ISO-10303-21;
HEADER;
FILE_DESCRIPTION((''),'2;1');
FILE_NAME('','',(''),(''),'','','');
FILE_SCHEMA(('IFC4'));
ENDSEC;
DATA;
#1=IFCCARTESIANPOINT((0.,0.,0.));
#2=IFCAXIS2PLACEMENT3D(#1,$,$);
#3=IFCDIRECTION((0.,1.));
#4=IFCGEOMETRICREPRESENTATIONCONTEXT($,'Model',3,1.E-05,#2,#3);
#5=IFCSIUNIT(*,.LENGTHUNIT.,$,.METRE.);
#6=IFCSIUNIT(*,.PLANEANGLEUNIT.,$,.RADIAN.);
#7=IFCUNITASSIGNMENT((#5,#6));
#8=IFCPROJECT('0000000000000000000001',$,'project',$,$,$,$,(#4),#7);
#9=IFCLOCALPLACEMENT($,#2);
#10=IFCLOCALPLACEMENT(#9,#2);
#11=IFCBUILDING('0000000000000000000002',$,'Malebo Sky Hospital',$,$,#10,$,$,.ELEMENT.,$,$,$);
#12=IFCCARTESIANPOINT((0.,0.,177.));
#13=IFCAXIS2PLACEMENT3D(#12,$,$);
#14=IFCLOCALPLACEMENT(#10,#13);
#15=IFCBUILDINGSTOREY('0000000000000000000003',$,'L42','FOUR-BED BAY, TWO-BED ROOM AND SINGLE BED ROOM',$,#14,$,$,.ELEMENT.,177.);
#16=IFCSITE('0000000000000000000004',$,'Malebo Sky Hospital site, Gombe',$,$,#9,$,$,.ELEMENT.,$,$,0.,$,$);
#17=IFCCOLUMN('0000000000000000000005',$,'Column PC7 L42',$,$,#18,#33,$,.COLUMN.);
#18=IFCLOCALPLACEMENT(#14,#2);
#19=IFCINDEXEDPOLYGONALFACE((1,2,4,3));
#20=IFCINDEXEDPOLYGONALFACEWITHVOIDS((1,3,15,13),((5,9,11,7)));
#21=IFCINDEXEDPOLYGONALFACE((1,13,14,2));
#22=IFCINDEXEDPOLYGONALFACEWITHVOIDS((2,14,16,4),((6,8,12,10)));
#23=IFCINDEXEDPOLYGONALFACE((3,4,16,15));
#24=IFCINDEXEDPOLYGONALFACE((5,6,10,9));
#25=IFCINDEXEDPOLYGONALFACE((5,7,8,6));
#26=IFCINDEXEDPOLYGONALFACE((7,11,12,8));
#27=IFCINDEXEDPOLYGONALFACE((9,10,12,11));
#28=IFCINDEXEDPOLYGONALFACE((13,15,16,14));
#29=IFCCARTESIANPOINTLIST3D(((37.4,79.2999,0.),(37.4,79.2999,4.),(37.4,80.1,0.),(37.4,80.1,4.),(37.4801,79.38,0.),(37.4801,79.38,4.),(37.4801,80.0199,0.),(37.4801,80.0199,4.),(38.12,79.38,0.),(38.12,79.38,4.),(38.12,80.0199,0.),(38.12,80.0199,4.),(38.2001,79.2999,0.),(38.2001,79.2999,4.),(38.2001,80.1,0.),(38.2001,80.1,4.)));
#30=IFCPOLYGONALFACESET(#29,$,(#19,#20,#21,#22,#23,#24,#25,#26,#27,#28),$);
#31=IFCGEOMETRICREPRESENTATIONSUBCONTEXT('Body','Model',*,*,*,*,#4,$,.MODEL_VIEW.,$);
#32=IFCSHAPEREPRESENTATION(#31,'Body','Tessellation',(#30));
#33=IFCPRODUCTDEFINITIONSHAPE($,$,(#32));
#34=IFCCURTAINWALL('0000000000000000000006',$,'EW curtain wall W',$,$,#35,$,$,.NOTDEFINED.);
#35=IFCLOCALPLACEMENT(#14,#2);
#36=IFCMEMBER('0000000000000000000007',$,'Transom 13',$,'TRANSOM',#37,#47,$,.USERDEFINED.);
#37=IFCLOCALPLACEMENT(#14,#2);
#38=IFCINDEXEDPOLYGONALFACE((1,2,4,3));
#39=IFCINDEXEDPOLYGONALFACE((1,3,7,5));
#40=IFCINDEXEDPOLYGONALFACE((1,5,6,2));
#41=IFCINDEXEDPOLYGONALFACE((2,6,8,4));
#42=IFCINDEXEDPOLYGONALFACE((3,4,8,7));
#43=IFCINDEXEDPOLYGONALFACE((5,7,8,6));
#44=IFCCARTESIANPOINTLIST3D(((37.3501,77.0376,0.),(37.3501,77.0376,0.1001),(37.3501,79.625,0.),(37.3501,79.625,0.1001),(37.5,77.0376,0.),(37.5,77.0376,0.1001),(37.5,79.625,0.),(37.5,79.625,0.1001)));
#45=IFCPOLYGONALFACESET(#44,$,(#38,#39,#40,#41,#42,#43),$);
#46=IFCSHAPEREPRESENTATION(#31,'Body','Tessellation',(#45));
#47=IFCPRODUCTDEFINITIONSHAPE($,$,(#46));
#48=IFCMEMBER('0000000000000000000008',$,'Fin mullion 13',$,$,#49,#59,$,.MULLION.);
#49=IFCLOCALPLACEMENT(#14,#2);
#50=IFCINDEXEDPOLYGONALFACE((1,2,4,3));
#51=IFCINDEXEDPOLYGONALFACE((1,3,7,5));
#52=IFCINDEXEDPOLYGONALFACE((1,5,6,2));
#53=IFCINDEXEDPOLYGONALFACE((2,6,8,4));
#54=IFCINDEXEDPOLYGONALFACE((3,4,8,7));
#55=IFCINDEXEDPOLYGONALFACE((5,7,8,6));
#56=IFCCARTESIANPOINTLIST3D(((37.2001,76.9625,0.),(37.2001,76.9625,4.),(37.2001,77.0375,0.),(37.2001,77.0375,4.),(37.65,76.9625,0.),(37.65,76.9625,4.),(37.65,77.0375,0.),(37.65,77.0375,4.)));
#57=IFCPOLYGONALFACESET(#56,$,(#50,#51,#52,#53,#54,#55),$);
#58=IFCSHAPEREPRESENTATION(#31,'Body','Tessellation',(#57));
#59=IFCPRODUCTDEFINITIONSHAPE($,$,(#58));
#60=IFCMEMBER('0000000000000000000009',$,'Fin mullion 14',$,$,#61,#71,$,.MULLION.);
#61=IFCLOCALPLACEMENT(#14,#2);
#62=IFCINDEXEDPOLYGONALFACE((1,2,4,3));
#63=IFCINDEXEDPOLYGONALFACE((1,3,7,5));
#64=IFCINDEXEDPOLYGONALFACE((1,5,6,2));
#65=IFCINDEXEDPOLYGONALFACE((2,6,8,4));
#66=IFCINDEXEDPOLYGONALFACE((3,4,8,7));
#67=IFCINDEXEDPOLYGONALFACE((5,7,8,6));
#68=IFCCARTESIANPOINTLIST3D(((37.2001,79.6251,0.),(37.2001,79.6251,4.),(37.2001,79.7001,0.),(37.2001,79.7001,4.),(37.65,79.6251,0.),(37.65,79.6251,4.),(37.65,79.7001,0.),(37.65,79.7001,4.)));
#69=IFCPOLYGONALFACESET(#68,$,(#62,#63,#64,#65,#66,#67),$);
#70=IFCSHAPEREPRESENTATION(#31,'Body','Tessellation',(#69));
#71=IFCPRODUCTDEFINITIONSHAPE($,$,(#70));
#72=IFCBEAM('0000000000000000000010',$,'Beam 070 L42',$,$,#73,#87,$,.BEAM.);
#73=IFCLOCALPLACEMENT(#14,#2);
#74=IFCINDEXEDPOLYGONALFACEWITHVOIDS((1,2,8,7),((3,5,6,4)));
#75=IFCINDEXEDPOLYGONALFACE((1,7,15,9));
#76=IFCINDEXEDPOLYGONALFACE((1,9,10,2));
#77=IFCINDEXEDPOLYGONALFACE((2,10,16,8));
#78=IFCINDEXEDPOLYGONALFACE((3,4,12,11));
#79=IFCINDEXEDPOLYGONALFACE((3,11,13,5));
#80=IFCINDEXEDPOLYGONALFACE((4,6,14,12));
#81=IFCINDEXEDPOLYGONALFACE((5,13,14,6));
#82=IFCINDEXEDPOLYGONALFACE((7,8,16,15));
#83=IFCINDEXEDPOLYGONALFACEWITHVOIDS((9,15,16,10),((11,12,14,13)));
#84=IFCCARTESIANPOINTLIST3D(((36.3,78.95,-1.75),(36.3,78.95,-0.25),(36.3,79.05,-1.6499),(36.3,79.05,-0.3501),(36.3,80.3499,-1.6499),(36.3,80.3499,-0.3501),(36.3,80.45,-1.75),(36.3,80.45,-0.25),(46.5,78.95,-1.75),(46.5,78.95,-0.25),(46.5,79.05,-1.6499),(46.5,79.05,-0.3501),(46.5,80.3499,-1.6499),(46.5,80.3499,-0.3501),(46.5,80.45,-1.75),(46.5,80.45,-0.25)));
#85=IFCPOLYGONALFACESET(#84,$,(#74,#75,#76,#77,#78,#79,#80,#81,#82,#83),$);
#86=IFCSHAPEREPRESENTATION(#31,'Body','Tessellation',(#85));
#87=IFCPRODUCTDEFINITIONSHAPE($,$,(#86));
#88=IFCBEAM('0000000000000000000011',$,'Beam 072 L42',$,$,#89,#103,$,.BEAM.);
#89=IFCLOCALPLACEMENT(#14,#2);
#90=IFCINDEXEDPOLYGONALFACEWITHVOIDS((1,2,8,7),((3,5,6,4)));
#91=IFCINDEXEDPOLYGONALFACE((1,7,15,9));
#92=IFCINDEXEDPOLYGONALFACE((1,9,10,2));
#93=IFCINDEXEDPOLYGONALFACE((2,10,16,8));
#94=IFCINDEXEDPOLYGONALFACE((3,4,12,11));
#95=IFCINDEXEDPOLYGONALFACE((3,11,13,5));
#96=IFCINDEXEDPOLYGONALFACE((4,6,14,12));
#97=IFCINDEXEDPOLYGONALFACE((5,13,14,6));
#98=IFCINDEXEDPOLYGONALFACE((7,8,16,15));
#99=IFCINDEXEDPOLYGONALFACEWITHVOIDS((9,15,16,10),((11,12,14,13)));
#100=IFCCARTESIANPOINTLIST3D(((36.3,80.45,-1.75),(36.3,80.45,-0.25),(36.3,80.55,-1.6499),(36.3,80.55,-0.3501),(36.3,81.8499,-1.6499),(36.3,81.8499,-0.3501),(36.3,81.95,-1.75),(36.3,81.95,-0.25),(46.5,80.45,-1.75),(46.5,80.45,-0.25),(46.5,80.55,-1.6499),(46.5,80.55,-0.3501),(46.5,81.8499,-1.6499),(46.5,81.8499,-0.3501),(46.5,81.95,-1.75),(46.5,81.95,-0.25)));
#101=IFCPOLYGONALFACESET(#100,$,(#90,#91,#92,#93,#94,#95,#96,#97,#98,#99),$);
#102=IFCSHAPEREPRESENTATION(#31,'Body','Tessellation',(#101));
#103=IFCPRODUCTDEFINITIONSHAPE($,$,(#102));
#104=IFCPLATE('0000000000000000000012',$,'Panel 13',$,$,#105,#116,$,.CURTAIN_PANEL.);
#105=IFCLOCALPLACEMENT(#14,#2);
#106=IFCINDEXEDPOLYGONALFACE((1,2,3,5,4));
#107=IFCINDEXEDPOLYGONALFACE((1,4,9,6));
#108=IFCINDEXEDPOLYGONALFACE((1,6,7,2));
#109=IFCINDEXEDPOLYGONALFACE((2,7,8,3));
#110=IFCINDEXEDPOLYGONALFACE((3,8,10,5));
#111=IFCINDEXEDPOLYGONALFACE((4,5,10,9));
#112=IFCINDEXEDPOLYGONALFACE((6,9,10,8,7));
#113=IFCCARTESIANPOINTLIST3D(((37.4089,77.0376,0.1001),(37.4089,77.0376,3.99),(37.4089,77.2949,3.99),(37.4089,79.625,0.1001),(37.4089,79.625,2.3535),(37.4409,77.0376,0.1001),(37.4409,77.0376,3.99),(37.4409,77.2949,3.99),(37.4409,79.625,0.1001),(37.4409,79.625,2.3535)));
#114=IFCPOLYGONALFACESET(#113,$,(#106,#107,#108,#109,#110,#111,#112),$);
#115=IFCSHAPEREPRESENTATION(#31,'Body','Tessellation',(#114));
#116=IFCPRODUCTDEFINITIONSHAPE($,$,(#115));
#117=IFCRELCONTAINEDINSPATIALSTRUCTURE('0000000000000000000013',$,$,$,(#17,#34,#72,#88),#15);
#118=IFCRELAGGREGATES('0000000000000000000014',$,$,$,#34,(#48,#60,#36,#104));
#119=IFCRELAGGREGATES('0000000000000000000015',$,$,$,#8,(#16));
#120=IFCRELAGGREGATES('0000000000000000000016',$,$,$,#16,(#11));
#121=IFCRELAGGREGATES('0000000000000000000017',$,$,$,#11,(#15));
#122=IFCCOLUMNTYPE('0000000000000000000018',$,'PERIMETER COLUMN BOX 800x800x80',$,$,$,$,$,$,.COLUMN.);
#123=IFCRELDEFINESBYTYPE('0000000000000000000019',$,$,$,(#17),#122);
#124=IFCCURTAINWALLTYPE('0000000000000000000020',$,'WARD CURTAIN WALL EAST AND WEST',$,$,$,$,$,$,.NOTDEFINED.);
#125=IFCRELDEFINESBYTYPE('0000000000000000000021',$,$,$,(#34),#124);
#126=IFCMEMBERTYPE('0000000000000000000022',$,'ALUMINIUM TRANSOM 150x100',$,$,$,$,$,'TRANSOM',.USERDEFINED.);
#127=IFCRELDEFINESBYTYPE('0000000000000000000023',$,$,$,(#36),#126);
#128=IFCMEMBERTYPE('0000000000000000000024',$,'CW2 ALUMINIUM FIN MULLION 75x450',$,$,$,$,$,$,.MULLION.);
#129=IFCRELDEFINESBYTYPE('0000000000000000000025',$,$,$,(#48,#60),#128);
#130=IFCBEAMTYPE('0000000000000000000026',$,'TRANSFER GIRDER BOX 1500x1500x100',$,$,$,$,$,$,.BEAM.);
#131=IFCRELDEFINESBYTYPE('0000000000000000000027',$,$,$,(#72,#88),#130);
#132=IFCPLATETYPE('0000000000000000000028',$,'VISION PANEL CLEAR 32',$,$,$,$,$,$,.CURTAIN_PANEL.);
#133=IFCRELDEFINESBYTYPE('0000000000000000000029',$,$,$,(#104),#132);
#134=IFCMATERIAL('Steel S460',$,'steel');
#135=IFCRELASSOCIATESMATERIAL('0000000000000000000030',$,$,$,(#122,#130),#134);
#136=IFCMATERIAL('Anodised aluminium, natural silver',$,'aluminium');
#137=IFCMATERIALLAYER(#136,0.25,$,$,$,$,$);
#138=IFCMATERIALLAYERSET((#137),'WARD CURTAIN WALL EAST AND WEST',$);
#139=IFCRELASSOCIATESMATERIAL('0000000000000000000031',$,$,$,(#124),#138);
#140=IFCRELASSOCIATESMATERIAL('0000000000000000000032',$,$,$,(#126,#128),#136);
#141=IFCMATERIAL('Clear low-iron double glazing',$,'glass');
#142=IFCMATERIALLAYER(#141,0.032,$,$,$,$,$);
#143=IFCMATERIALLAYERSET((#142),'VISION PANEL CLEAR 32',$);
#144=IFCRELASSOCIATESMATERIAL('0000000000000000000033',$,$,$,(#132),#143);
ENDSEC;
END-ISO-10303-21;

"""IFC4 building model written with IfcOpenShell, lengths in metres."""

from ifc_helpers import new_model, si_unit, direction, frame, origin, origin_2d, place, context, subcontext, project, spatial, polyline, rectangle, hollow_rectangle, outline, extrude, material, layer, layer_set, material_profile, profile_set, type_object, element, aggregate, save


model = new_model("IFC4")

# Units and contexts
model_context = context("Model", 3, precision=1e-05, world=origin(), true_north=direction((0.0, 1.0)))
body_context = subcontext(model_context, "Body", "Model", "MODEL_VIEW")
ifc_project = project(units=[si_unit("LENGTHUNIT", "METRE"), si_unit("PLANEANGLEUNIT", "RADIAN")], contexts=[model_context])

# Site, building, storey
site_placement = place(None, origin())
site = spatial("IfcSite", under=ifc_project, at=site_placement, Name="Malebo Sky Hospital site, Gombe", CompositionType="ELEMENT", RefElevation=0.0)
building_placement = place(site_placement, origin())
building = spatial("IfcBuilding", under=site, at=building_placement, Name="Malebo Sky Hospital", CompositionType="ELEMENT")
storey_placement = place(building_placement, frame((0.0, 0.0, 177.0)))
storey = spatial("IfcBuildingStorey", under=building, at=storey_placement, Name="L42", Description="FOUR-BED BAY, TWO-BED ROOM AND SINGLE BED ROOM", CompositionType="ELEMENT", Elevation=177.0)

# Column
ifc_material_1 = material(Name="Steel S460", Category="steel")
ifc_material_profile_1 = material_profile(ifc_material_1, hollow_rectangle(XDim=0.8, YDim=0.8, WallThickness=0.0801, at=origin_2d()), Name="BOX 800x800x80")
ifc_profile_set_1 = profile_set([ifc_material_profile_1], Name="Steel S460")
column_type = type_object("IfcColumnType", Name="PERIMETER COLUMN BOX 800x800x80", PredefinedType="COLUMN", material=ifc_profile_set_1)
column_placement = place(storey_placement, frame((37.8, 79.7, 0.0), z_axis=(0.0, 0.0, 1.0), x_axis=(1.0, 0.0, 0.0)))
element("IfcColumn", 1, at=column_placement, inside=storey, type_object=column_type, Name="Column PC7 L42", PredefinedType="COLUMN", context=body_context, shape_type="SweptSolid", body=[
    extrude(hollow_rectangle(XDim=0.8, YDim=0.8, WallThickness=0.0801, at=origin_2d()), origin(), (0.0, 0.0, 1.0), 4.0),
])

# Curtain wall, members
ifc_material_2 = material(Name="Anodised aluminium, natural silver", Category="aluminium")
ifc_layer_1 = layer(ifc_material_2, 0.25)
ifc_layer_set_1 = layer_set([ifc_layer_1], Name="WARD CURTAIN WALL EAST AND WEST")
curtain_wall_type = type_object("IfcCurtainWallType", Name="WARD CURTAIN WALL EAST AND WEST", PredefinedType="NOTDEFINED", material=ifc_layer_set_1)
curtain_wall_placement = place(storey_placement, origin())
curtain_wall = element("IfcCurtainWall", 2, at=curtain_wall_placement, inside=storey, type_object=curtain_wall_type, Name="EW curtain wall W", PredefinedType="NOTDEFINED")
ifc_material_profile_2 = material_profile(ifc_material_2, rectangle(XDim=0.1499, YDim=0.1001, at=origin_2d()), Name="ALUMINIUM TRANSOM 150x100")
ifc_profile_set_2 = profile_set([ifc_material_profile_2], Name="Anodised aluminium, natural silver")
member_type_1 = type_object("IfcMemberType", Name="ALUMINIUM TRANSOM 150x100", ElementType="TRANSOM", PredefinedType="USERDEFINED", material=ifc_profile_set_2)
member_1_placement = place(storey_placement, frame((37.425, 77.0376, 0.05), z_axis=(0.0, 1.0, 0.0), x_axis=(-1.0, 0.0, 0.0)))
member_1 = element("IfcMember", 3, at=member_1_placement, type_object=member_type_1, Name="Transom 13", ObjectType="TRANSOM", PredefinedType="USERDEFINED", context=body_context, shape_type="SweptSolid", body=[
    extrude(rectangle(XDim=0.1499, YDim=0.1001, at=origin_2d()), origin(), (0.0, 0.0, 1.0), 2.5874),
])
ifc_material_profile_3 = material_profile(ifc_material_2, rectangle(XDim=0.075, YDim=0.45, at=origin_2d()), Name="CW2 ALUMINIUM FIN MULLION 75x450")
ifc_profile_set_3 = profile_set([ifc_material_profile_3], Name="Anodised aluminium, natural silver")
member_type_2 = type_object("IfcMemberType", Name="CW2 ALUMINIUM FIN MULLION 75x450", PredefinedType="MULLION", material=ifc_profile_set_3)
member_2_placement = place(storey_placement, frame((37.425, 77.0, 0.0), z_axis=(0.0, 0.0, 1.0), x_axis=(0.0, 1.0, 0.0)))
member_2 = element("IfcMember", 4, at=member_2_placement, type_object=member_type_2, Name="Fin mullion 13", PredefinedType="MULLION", context=body_context, shape_type="SweptSolid", body=[
    extrude(rectangle(XDim=0.075, YDim=0.45, at=origin_2d()), origin(), (0.0, 0.0, 1.0), 4.0),
])
member_3_placement = place(storey_placement, frame((37.425, 79.6626, 0.0), z_axis=(0.0, 0.0, 1.0), x_axis=(0.0, 1.0, 0.0)))
member_3 = element("IfcMember", 5, at=member_3_placement, type_object=member_type_2, Name="Fin mullion 14", PredefinedType="MULLION", context=body_context, shape_type="SweptSolid", body=[
    extrude(rectangle(XDim=0.075, YDim=0.45, at=origin_2d()), origin(), (0.0, 0.0, 1.0), 4.0),
])

# Beams
ifc_material_profile_4 = material_profile(ifc_material_1, hollow_rectangle(XDim=1.5, YDim=1.5, WallThickness=0.1001, at=origin_2d()), Name="BOX 1500x1500x100")
ifc_profile_set_4 = profile_set([ifc_material_profile_4], Name="Steel S460")
beam_type = type_object("IfcBeamType", Name="TRANSFER GIRDER BOX 1500x1500x100", PredefinedType="BEAM", material=ifc_profile_set_4)
for number, where, z_axis, x_axis, name in (
    (6, (36.3, 79.7, -1.0), (1.0, 0.0, 0.0), (0.0, 1.0, 0.0), "Beam 070 L42"),
    (7, (36.3, 81.2, -1.0), (1.0, 0.0, 0.0), (0.0, 1.0, 0.0), "Beam 072 L42"),
):
    element("IfcBeam", number, at=place(storey_placement, frame(where, z_axis=z_axis, x_axis=x_axis)), inside=storey, type_object=beam_type, Name=name, PredefinedType="BEAM", context=body_context, shape_type="SweptSolid", body=[
        extrude(hollow_rectangle(XDim=1.5, YDim=1.5, WallThickness=0.1001, at=origin_2d()), origin(), (0.0, 0.0, 1.0), 10.2),
    ])

# Plate
ifc_material_3 = material(Name="Clear low-iron double glazing", Category="glass")
ifc_layer_2 = layer(ifc_material_3, 0.032)
ifc_layer_set_2 = layer_set([ifc_layer_2], Name="VISION PANEL CLEAR 32")
plate_type = type_object("IfcPlateType", Name="VISION PANEL CLEAR 32", PredefinedType="CURTAIN_PANEL", material=ifc_layer_set_2)
plate_placement = place(storey_placement, frame((37.425, 78.3313, 0.1001), z_axis=(0.0, 0.0, 1.0), x_axis=(0.0, 1.0, 0.0)))
plate = element("IfcPlate", 8, at=plate_placement, type_object=plate_type, Name="Panel 13", PredefinedType="CURTAIN_PANEL", context=body_context, shape_type="SweptSolid", body=[
    extrude(outline(polyline([(-1.2937, 0.0), (1.2937, 0.0), (1.2937, 2.2534), (-1.0364, 3.8899), (-1.2937, 3.8899), (-1.2937, 0.0)])), frame((0.0, 0.0161, 0.0), z_axis=(0.0, -1.0, 0.0), x_axis=(1.0, 0.0, 0.0)), (0.0, 0.0, 1.0), 0.032),
])
aggregate(curtain_wall, [member_2, member_3, member_1, plate])

save(model, "model.ifc")
